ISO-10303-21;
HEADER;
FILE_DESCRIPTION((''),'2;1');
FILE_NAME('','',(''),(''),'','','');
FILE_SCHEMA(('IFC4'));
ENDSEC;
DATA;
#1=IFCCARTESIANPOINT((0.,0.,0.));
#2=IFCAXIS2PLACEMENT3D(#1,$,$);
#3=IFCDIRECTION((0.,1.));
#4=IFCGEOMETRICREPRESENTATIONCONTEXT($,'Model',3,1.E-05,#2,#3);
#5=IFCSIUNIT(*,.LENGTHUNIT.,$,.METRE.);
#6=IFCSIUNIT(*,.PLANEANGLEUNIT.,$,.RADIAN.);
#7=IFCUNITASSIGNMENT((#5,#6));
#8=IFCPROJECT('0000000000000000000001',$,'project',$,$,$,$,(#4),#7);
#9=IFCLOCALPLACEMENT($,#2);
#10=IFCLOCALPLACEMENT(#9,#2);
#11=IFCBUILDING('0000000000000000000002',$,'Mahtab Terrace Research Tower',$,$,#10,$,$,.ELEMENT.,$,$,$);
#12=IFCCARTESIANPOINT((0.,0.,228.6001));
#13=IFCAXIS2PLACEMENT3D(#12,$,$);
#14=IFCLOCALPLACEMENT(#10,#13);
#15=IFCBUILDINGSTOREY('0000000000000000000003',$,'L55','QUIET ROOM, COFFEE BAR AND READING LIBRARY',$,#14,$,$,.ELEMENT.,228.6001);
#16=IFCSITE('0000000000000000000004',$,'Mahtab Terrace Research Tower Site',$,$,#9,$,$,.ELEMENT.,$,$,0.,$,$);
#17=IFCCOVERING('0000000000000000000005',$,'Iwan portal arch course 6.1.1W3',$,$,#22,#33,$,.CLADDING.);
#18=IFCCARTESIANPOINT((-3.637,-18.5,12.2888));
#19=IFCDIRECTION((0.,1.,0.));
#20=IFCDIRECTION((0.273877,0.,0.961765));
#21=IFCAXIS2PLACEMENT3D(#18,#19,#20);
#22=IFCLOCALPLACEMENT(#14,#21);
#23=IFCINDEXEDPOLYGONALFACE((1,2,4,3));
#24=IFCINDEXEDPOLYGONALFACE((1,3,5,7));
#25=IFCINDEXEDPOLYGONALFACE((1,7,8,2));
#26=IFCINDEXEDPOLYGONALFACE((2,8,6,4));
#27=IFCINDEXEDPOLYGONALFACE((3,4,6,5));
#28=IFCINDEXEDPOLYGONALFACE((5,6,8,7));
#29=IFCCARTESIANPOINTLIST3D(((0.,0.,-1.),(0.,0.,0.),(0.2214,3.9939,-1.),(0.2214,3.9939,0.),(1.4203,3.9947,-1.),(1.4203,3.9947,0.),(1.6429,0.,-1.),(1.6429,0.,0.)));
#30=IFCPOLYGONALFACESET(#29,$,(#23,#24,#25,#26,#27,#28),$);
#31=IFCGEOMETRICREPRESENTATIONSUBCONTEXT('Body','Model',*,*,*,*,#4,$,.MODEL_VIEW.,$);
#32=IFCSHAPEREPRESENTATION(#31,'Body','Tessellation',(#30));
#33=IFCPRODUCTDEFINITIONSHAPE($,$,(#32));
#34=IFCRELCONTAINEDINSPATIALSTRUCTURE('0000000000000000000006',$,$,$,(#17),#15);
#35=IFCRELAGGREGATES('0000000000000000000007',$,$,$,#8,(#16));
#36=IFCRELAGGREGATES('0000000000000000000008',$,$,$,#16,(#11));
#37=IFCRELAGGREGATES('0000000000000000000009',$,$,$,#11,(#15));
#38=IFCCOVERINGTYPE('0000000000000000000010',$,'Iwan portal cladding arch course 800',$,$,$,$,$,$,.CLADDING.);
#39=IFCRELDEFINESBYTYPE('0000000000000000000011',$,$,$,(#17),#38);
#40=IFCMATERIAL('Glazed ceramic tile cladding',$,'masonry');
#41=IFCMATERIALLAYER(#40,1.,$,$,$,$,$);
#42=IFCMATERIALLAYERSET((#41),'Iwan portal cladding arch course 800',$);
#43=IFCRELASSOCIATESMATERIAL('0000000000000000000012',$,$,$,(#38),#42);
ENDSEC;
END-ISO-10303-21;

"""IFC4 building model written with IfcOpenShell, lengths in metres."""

from ifc_helpers import new_model, si_unit, direction, frame, origin, place, context, subcontext, project, spatial, polyline, outline, extrude, material, layer, layer_set, type_object, element, save


model = new_model("IFC4")

# Units and contexts
model_context = context("Model", 3, precision=1e-05, world=origin(), true_north=direction((0.0, 1.0)))
body_context = subcontext(model_context, "Body", "Model", "MODEL_VIEW")
ifc_project = project(units=[si_unit("LENGTHUNIT", "METRE"), si_unit("PLANEANGLEUNIT", "RADIAN")], contexts=[model_context])

# Site, building, storey
site_placement = place(None, origin())
site = spatial("IfcSite", under=ifc_project, at=site_placement, Name="Mahtab Terrace Research Tower Site", CompositionType="ELEMENT", RefElevation=0.0)
building_placement = place(site_placement, origin())
building = spatial("IfcBuilding", under=site, at=building_placement, Name="Mahtab Terrace Research Tower", CompositionType="ELEMENT")
storey_placement = place(building_placement, frame((0.0, 0.0, 228.6001)))
storey = spatial("IfcBuildingStorey", under=building, at=storey_placement, Name="L55", Description="QUIET ROOM, COFFEE BAR AND READING LIBRARY", CompositionType="ELEMENT", Elevation=228.6001)

# Covering
ifc_material_1 = material(Name="Glazed ceramic tile cladding", Category="masonry")
ifc_layer_1 = layer(ifc_material_1, 1.0)
ifc_layer_set_1 = layer_set([ifc_layer_1], Name="Iwan portal cladding arch course 800")
covering_type_1 = type_object("IfcCoveringType", Name="Iwan portal cladding arch course 800", PredefinedType="CLADDING", material=ifc_layer_set_1)
covering_1_placement = place(storey_placement, frame((-3.637, -18.5, 12.2888), z_axis=(0.0, 1.0, 0.0), x_axis=(0.273877, 0.0, 0.961765)))
element("IfcCovering", 1, at=covering_1_placement, inside=storey, type_object=covering_type_1, Name="Iwan portal arch course 6.1.1W3", PredefinedType="CLADDING", context=body_context, shape_type="SweptSolid", body=[
    extrude(outline(polyline([(0.0, 0.0), (1.6429, 0.0), (1.4203, 3.9947), (0.2214, 3.9939), (0.0, 0.0)])), origin(), (0.0, 0.0, -1.0), 1.0),
])

save(model, "model.ifc")
